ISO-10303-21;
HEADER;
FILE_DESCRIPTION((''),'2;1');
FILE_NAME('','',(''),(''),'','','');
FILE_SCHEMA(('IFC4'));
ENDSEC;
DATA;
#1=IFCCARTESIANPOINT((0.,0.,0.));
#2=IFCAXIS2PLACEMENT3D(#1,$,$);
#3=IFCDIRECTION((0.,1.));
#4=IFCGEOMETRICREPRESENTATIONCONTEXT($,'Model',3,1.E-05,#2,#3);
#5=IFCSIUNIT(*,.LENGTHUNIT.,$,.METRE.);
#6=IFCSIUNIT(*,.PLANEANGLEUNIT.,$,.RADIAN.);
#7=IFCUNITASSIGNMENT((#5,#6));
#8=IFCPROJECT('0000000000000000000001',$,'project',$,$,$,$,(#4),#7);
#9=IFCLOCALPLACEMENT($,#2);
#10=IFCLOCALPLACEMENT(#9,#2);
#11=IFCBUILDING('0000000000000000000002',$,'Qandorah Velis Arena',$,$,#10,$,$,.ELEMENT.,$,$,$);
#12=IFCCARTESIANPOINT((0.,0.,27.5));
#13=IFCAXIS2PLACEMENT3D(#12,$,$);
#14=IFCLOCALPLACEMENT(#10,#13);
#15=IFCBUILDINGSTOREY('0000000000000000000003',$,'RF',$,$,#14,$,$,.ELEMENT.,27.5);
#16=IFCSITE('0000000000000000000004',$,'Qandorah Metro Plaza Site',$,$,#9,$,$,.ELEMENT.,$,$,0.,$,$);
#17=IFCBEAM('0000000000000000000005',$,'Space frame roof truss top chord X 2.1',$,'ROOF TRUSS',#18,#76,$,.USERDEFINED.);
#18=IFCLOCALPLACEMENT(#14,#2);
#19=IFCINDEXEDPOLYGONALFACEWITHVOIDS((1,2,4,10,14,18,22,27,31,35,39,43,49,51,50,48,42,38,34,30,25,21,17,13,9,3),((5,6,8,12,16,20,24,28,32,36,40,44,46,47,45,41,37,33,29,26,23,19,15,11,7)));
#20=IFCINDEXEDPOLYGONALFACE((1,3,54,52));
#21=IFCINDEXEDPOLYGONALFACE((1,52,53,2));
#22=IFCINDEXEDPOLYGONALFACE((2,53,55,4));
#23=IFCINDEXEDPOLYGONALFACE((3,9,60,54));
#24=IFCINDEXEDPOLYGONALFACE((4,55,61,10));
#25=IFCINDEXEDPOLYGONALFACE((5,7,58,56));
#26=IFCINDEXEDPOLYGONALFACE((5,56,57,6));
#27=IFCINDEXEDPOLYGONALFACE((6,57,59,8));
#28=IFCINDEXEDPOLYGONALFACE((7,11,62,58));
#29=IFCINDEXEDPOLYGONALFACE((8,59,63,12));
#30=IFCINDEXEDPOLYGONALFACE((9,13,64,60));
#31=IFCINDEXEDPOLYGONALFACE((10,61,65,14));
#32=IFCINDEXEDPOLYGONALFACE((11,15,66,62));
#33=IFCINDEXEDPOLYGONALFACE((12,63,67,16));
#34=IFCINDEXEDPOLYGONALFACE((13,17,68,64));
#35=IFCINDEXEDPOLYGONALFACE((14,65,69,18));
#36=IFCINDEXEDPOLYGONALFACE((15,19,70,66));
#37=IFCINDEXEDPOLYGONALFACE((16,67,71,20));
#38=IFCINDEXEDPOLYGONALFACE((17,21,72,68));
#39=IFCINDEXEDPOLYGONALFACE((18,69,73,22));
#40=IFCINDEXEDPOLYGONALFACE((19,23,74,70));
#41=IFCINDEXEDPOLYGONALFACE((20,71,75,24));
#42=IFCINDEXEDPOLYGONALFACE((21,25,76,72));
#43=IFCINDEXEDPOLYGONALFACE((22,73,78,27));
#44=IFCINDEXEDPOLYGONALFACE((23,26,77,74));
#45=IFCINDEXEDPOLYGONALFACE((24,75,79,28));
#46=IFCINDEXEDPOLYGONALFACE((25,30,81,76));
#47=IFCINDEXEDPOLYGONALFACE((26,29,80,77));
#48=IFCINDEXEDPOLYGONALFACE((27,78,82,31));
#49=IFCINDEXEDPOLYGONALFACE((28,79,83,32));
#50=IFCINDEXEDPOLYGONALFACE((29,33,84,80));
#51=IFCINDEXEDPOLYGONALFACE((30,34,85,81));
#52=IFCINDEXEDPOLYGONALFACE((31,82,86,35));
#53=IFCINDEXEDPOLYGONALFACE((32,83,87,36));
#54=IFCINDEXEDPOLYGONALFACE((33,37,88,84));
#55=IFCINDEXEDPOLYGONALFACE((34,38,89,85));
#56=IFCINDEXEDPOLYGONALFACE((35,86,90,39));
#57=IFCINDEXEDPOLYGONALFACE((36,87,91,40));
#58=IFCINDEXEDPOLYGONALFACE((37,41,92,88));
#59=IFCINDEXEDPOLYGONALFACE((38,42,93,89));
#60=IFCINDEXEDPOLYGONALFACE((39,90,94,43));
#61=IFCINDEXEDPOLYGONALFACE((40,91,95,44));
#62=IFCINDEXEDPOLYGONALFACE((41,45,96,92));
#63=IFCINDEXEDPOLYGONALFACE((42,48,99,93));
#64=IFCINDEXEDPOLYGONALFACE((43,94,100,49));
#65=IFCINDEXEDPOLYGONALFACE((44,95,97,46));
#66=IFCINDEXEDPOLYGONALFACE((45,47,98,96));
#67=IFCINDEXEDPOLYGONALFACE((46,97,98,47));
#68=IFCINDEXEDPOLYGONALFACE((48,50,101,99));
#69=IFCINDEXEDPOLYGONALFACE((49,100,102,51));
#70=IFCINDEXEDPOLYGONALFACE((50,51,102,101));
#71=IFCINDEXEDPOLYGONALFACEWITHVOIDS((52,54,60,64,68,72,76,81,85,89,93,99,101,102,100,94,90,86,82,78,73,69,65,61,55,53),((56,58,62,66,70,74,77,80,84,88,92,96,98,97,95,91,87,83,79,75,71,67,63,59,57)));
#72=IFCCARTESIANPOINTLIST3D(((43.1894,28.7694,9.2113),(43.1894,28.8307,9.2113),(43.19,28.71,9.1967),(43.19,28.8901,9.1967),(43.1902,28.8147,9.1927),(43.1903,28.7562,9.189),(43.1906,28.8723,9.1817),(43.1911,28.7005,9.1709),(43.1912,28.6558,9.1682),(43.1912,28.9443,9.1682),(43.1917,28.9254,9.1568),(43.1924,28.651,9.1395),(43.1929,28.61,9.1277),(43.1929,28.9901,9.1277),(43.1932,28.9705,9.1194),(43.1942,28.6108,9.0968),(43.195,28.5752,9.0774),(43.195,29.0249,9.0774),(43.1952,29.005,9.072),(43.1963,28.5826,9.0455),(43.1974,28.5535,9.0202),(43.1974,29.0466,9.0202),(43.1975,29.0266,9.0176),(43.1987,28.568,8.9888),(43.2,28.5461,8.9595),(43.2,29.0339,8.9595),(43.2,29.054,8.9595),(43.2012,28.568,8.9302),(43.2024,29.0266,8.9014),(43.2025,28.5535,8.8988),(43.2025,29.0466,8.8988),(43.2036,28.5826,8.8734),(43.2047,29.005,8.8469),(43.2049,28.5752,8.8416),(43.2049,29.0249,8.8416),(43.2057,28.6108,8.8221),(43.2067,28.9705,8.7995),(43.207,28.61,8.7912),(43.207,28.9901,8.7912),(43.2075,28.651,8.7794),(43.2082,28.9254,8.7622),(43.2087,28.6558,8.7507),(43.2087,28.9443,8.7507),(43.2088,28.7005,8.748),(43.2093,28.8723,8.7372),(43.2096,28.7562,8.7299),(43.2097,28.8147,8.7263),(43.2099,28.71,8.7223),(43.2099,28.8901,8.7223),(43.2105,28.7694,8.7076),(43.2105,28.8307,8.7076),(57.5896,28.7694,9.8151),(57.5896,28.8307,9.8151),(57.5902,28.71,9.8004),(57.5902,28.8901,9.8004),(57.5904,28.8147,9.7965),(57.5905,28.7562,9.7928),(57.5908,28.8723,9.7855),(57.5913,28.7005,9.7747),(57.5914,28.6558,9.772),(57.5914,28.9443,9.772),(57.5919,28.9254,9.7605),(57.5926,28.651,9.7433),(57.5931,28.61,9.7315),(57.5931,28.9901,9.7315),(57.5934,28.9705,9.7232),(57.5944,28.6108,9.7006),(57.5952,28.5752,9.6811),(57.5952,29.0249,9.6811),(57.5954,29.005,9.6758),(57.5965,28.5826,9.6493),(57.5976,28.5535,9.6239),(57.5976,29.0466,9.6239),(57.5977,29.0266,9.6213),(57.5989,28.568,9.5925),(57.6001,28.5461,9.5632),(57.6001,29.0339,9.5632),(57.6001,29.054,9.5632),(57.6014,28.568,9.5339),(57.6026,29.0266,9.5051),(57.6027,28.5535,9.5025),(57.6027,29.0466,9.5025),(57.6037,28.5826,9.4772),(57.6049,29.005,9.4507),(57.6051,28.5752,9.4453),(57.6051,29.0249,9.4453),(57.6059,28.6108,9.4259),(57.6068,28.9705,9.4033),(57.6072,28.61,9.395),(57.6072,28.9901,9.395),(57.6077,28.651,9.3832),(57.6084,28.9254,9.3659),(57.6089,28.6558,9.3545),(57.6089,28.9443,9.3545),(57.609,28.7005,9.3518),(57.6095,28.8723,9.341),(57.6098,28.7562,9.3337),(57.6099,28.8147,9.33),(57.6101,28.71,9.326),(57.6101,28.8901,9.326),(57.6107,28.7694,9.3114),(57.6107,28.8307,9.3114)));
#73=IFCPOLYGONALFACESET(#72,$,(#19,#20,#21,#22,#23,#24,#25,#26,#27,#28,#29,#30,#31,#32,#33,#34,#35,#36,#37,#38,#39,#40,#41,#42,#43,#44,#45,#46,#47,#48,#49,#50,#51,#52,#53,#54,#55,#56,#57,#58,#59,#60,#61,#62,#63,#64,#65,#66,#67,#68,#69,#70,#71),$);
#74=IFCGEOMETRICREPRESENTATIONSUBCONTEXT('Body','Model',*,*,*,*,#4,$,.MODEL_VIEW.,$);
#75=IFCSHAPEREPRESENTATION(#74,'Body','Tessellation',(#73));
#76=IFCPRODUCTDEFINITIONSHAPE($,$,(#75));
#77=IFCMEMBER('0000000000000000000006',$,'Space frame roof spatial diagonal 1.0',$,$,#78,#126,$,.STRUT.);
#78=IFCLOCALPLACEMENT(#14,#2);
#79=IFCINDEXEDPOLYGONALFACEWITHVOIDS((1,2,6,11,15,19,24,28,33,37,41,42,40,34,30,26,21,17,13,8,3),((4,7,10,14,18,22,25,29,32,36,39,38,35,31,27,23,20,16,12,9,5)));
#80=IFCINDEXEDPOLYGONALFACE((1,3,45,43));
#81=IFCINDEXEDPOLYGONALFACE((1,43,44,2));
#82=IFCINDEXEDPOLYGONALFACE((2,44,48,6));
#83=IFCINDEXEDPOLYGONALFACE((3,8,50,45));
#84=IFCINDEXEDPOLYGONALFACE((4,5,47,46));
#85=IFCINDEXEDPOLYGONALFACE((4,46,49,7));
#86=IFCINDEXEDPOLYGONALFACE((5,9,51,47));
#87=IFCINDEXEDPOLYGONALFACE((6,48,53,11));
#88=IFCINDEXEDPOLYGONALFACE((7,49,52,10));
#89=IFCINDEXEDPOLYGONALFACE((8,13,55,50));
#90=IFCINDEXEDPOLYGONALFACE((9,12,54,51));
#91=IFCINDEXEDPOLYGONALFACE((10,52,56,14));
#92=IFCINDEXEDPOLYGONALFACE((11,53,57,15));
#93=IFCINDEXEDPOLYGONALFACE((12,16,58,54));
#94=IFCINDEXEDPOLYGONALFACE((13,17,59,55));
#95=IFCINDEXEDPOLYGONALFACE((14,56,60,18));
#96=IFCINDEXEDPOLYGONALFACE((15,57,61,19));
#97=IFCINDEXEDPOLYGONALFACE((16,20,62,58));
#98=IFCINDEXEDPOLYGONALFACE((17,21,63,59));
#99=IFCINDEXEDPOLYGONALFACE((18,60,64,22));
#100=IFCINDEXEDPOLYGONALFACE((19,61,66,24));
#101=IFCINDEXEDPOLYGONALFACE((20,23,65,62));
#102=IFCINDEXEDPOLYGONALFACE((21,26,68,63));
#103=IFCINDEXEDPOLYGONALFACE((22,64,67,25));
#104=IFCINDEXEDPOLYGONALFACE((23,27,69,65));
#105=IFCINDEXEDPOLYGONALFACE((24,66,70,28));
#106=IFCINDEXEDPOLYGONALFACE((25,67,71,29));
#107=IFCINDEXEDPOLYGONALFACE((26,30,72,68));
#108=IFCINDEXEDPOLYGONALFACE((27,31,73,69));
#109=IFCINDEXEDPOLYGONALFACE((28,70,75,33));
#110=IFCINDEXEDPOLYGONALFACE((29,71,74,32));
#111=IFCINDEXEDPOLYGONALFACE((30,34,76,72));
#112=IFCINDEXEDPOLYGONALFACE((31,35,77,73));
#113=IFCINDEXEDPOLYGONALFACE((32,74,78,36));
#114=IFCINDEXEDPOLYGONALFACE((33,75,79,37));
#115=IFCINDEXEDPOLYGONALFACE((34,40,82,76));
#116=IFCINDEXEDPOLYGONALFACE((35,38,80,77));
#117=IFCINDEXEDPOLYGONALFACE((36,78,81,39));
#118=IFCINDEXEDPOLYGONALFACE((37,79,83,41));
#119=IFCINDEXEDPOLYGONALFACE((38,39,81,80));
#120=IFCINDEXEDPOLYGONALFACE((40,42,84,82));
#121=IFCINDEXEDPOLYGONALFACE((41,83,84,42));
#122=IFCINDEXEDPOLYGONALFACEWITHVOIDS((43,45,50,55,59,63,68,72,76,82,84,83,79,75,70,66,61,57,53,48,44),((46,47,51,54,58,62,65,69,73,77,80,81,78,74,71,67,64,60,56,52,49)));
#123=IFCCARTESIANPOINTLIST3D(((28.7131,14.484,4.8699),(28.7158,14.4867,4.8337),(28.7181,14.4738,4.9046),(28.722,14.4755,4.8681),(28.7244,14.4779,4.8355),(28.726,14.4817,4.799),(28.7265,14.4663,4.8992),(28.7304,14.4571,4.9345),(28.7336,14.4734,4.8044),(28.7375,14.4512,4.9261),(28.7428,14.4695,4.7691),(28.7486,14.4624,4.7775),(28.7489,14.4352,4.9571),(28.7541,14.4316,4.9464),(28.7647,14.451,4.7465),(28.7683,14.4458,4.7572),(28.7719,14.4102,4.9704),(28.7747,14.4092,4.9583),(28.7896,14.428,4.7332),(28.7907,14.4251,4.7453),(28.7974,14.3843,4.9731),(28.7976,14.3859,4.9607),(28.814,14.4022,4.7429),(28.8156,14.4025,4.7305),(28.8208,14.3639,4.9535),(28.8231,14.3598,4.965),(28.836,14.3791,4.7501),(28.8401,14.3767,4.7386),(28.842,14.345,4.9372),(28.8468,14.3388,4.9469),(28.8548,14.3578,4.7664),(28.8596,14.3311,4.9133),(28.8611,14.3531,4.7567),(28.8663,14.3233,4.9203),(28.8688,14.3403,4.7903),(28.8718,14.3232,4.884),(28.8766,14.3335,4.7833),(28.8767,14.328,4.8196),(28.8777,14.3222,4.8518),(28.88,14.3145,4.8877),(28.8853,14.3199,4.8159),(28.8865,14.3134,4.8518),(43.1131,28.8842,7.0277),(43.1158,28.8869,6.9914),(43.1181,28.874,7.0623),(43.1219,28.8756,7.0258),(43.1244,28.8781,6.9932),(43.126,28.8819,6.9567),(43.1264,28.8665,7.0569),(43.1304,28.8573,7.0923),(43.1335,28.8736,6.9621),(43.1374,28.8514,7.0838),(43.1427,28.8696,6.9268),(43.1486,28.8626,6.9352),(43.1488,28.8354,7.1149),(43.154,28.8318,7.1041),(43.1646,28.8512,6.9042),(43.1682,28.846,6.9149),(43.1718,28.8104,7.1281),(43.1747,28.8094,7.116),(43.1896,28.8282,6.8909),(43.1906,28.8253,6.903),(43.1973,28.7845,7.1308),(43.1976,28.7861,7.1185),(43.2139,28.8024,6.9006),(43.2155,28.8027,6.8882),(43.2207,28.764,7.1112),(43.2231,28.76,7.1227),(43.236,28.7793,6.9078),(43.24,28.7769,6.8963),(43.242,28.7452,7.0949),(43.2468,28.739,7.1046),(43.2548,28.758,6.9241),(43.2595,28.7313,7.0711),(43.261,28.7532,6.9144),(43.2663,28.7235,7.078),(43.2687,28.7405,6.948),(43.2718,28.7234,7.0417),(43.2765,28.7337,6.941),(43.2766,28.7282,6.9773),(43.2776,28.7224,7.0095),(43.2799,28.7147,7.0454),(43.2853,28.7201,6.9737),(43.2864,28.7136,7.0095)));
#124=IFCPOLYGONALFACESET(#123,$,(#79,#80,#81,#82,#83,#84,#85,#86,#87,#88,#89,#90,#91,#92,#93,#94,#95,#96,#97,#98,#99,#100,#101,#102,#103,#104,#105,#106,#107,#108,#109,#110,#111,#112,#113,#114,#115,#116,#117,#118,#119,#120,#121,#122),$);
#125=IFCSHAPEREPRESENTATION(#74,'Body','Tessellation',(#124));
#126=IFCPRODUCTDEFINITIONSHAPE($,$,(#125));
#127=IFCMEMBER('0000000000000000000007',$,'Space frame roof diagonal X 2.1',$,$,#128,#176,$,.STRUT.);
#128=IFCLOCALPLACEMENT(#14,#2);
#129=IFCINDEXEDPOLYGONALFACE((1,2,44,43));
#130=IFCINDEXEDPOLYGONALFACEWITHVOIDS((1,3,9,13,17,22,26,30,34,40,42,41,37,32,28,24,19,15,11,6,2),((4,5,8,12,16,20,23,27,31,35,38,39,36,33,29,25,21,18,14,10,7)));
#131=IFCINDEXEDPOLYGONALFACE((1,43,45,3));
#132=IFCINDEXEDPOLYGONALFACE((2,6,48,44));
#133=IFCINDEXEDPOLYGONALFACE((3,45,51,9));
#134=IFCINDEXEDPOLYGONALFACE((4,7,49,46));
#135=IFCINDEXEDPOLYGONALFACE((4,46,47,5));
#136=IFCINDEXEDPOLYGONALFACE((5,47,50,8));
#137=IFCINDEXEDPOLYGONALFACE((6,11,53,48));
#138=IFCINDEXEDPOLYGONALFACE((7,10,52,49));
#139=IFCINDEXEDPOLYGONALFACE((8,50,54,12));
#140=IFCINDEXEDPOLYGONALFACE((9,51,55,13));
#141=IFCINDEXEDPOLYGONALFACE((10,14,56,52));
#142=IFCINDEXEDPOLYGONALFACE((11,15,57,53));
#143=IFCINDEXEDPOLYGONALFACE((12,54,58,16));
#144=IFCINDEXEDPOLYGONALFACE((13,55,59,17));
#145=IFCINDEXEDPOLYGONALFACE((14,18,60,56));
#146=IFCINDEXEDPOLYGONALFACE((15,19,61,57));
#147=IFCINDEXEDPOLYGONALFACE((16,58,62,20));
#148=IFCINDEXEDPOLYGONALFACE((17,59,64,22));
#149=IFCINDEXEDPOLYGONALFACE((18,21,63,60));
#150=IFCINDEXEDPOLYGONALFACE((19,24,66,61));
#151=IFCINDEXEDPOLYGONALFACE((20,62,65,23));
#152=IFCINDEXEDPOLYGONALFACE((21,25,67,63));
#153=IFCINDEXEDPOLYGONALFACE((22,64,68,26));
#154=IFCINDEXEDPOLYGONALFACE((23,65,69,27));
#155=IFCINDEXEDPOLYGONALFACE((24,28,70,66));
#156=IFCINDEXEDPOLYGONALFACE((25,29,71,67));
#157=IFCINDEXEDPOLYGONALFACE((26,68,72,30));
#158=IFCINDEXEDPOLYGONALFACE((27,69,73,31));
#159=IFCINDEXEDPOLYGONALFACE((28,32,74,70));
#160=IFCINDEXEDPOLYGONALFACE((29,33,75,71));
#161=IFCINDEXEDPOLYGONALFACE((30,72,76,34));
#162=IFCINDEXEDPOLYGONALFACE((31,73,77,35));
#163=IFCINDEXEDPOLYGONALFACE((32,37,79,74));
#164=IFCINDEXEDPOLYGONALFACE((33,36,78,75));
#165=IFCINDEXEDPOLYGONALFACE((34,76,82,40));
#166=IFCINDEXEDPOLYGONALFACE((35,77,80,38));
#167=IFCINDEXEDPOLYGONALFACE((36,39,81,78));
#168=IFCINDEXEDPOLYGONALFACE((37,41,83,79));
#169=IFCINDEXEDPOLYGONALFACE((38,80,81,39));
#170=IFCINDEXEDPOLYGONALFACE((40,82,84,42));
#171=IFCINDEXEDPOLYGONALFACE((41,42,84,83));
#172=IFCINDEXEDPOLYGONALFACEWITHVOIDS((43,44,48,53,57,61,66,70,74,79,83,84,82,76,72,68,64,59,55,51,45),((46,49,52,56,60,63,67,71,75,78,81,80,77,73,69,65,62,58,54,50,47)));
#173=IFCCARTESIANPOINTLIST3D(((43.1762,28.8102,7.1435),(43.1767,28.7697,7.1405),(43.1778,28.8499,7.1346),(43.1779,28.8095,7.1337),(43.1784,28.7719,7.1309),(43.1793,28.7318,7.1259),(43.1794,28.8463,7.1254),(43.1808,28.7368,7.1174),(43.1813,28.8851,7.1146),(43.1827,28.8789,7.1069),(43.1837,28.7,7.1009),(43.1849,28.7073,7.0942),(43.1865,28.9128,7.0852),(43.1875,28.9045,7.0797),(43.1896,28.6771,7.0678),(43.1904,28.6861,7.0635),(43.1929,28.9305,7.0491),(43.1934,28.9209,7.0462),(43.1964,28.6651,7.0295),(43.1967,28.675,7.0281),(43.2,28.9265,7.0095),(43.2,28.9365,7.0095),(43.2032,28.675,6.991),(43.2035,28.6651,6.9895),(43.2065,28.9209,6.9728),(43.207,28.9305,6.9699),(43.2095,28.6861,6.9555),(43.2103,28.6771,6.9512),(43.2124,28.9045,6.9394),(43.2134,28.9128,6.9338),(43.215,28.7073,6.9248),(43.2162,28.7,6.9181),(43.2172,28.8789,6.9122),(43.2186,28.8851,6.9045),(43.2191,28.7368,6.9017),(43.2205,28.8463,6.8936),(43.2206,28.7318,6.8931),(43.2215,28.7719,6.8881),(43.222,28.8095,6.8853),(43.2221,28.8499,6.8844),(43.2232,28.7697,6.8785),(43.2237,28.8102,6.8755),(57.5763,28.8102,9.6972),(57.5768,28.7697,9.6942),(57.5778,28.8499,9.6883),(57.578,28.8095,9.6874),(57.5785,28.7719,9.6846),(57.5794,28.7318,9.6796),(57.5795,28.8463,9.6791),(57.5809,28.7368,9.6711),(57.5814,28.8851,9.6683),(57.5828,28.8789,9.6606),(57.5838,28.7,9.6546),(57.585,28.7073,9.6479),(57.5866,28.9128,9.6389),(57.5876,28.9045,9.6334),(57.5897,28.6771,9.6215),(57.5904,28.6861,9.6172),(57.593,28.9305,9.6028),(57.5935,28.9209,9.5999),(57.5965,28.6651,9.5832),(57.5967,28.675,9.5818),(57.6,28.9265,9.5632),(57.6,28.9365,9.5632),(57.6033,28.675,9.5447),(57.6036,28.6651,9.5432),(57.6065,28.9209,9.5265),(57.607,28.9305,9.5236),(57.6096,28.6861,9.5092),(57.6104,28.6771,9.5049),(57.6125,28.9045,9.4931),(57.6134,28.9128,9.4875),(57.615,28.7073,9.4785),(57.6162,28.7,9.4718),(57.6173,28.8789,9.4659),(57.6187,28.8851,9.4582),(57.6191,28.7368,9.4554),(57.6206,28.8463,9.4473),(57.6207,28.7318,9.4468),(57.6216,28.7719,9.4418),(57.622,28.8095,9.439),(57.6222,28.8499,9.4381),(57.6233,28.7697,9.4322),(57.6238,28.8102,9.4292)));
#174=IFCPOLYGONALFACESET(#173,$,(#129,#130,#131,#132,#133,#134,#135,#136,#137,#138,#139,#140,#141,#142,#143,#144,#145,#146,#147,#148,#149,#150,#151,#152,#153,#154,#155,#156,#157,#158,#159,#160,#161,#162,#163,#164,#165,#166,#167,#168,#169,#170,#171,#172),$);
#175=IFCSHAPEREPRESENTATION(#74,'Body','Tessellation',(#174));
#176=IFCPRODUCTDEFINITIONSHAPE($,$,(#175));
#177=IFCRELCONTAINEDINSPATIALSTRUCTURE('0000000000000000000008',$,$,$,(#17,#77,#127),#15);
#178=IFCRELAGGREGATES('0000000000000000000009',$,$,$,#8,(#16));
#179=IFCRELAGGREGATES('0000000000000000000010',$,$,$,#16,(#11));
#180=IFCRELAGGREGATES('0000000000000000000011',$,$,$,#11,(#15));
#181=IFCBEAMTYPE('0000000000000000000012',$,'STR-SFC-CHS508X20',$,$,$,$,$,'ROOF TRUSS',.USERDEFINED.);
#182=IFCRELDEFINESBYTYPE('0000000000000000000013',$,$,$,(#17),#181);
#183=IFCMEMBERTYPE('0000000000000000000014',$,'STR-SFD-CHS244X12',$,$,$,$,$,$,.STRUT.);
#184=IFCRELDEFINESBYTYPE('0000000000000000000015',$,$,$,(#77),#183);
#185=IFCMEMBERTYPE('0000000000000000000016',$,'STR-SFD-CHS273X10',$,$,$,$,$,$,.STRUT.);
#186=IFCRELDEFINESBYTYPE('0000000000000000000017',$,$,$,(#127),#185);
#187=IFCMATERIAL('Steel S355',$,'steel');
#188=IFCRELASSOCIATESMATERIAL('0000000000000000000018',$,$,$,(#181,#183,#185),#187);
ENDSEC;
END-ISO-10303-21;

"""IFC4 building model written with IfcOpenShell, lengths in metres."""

from ifc_helpers import new_model, si_unit, direction, frame, origin, origin_2d, place, context, subcontext, project, spatial, hollow_circle, extrude, material, material_profile, profile_set, type_object, element, save


model = new_model("IFC4")

# Units and contexts
model_context = context("Model", 3, precision=1e-05, world=origin(), true_north=direction((0.0, 1.0)))
body_context = subcontext(model_context, "Body", "Model", "MODEL_VIEW")
ifc_project = project(units=[si_unit("LENGTHUNIT", "METRE"), si_unit("PLANEANGLEUNIT", "RADIAN")], contexts=[model_context])

# Site, building, storey
site_placement = place(None, origin())
site = spatial("IfcSite", under=ifc_project, at=site_placement, Name="Qandorah Metro Plaza Site", CompositionType="ELEMENT", RefElevation=0.0)
building_placement = place(site_placement, origin())
building = spatial("IfcBuilding", under=site, at=building_placement, Name="Qandorah Velis Arena", CompositionType="ELEMENT")
storey_placement = place(building_placement, frame((0.0, 0.0, 27.5)))
storey = spatial("IfcBuildingStorey", under=building, at=storey_placement, Name="RF", CompositionType="ELEMENT", Elevation=27.5)

# Beam
ifc_material_1 = material(Name="Steel S355", Category="steel")
ifc_material_profile_1 = material_profile(ifc_material_1, hollow_circle(Radius=0.2539, WallThickness=0.02, at=origin_2d()), Name="CHS 508x20")
ifc_profile_set_1 = profile_set([ifc_material_profile_1], Name="Steel S355")
beam_type_1 = type_object("IfcBeamType", Name="STR-SFC-CHS508X20", ElementType="ROOF TRUSS", PredefinedType="USERDEFINED", material=ifc_profile_set_1)
beam_1_placement = place(storey_placement, frame((43.2, 28.8, 8.9595), z_axis=(0.999122, 0.0, 0.041891), x_axis=(0.0, 1.0, 0.0)))
element("IfcBeam", 1, at=beam_1_placement, inside=storey, type_object=beam_type_1, Name="Space frame roof truss top chord X 2.1", ObjectType="ROOF TRUSS", PredefinedType="USERDEFINED", context=body_context, shape_type="SweptSolid", body=[
    extrude(hollow_circle(Radius=0.2539, WallThickness=0.02, at=origin_2d()), origin(), (0.0, 0.0, 1.0), 14.4128),
])

# Members
ifc_material_profile_2 = material_profile(ifc_material_1, hollow_circle(Radius=0.1223, WallThickness=0.0125, at=origin_2d()), Name="CHS 244.5x12.5")
ifc_profile_set_2 = profile_set([ifc_material_profile_2], Name="Steel S355")
member_type_1 = type_object("IfcMemberType", Name="STR-SFD-CHS244X12", PredefinedType="STRUT", material=ifc_profile_set_2)
member_1_placement = place(storey_placement, frame((43.2, 28.8, 7.0095), z_axis=(-0.703165, -0.703177, -0.105364), x_axis=(0.707113, -0.707101, 0.0)))
element("IfcMember", 2, at=member_1_placement, inside=storey, type_object=member_type_1, Name="Space frame roof spatial diagonal 1.0", PredefinedType="STRUT", context=body_context, shape_type="SweptSolid", body=[
    extrude(hollow_circle(Radius=0.1223, WallThickness=0.0125, at=origin_2d()), origin(), (0.0, 0.0, 1.0), 20.4788),
])
ifc_material_profile_3 = material_profile(ifc_material_1, hollow_circle(Radius=0.1365, WallThickness=0.01, at=origin_2d()), Name="CHS 273x10")
ifc_profile_set_3 = profile_set([ifc_material_profile_3], Name="Steel S355")
member_type_2 = type_object("IfcMemberType", Name="STR-SFD-CHS273X10", PredefinedType="STRUT", material=ifc_profile_set_3)
member_2_placement = place(storey_placement, frame((43.2, 28.8, 7.0095), z_axis=(0.984637, 0.0, 0.174615), x_axis=(0.0, 1.0, 0.0)))
element("IfcMember", 3, at=member_2_placement, inside=storey, type_object=member_type_2, Name="Space frame roof diagonal X 2.1", PredefinedType="STRUT", context=body_context, shape_type="SweptSolid", body=[
    extrude(hollow_circle(Radius=0.1365, WallThickness=0.01, at=origin_2d()), origin(), (0.0, 0.0, 1.0), 14.6248),
])

save(model, "model.ifc")
